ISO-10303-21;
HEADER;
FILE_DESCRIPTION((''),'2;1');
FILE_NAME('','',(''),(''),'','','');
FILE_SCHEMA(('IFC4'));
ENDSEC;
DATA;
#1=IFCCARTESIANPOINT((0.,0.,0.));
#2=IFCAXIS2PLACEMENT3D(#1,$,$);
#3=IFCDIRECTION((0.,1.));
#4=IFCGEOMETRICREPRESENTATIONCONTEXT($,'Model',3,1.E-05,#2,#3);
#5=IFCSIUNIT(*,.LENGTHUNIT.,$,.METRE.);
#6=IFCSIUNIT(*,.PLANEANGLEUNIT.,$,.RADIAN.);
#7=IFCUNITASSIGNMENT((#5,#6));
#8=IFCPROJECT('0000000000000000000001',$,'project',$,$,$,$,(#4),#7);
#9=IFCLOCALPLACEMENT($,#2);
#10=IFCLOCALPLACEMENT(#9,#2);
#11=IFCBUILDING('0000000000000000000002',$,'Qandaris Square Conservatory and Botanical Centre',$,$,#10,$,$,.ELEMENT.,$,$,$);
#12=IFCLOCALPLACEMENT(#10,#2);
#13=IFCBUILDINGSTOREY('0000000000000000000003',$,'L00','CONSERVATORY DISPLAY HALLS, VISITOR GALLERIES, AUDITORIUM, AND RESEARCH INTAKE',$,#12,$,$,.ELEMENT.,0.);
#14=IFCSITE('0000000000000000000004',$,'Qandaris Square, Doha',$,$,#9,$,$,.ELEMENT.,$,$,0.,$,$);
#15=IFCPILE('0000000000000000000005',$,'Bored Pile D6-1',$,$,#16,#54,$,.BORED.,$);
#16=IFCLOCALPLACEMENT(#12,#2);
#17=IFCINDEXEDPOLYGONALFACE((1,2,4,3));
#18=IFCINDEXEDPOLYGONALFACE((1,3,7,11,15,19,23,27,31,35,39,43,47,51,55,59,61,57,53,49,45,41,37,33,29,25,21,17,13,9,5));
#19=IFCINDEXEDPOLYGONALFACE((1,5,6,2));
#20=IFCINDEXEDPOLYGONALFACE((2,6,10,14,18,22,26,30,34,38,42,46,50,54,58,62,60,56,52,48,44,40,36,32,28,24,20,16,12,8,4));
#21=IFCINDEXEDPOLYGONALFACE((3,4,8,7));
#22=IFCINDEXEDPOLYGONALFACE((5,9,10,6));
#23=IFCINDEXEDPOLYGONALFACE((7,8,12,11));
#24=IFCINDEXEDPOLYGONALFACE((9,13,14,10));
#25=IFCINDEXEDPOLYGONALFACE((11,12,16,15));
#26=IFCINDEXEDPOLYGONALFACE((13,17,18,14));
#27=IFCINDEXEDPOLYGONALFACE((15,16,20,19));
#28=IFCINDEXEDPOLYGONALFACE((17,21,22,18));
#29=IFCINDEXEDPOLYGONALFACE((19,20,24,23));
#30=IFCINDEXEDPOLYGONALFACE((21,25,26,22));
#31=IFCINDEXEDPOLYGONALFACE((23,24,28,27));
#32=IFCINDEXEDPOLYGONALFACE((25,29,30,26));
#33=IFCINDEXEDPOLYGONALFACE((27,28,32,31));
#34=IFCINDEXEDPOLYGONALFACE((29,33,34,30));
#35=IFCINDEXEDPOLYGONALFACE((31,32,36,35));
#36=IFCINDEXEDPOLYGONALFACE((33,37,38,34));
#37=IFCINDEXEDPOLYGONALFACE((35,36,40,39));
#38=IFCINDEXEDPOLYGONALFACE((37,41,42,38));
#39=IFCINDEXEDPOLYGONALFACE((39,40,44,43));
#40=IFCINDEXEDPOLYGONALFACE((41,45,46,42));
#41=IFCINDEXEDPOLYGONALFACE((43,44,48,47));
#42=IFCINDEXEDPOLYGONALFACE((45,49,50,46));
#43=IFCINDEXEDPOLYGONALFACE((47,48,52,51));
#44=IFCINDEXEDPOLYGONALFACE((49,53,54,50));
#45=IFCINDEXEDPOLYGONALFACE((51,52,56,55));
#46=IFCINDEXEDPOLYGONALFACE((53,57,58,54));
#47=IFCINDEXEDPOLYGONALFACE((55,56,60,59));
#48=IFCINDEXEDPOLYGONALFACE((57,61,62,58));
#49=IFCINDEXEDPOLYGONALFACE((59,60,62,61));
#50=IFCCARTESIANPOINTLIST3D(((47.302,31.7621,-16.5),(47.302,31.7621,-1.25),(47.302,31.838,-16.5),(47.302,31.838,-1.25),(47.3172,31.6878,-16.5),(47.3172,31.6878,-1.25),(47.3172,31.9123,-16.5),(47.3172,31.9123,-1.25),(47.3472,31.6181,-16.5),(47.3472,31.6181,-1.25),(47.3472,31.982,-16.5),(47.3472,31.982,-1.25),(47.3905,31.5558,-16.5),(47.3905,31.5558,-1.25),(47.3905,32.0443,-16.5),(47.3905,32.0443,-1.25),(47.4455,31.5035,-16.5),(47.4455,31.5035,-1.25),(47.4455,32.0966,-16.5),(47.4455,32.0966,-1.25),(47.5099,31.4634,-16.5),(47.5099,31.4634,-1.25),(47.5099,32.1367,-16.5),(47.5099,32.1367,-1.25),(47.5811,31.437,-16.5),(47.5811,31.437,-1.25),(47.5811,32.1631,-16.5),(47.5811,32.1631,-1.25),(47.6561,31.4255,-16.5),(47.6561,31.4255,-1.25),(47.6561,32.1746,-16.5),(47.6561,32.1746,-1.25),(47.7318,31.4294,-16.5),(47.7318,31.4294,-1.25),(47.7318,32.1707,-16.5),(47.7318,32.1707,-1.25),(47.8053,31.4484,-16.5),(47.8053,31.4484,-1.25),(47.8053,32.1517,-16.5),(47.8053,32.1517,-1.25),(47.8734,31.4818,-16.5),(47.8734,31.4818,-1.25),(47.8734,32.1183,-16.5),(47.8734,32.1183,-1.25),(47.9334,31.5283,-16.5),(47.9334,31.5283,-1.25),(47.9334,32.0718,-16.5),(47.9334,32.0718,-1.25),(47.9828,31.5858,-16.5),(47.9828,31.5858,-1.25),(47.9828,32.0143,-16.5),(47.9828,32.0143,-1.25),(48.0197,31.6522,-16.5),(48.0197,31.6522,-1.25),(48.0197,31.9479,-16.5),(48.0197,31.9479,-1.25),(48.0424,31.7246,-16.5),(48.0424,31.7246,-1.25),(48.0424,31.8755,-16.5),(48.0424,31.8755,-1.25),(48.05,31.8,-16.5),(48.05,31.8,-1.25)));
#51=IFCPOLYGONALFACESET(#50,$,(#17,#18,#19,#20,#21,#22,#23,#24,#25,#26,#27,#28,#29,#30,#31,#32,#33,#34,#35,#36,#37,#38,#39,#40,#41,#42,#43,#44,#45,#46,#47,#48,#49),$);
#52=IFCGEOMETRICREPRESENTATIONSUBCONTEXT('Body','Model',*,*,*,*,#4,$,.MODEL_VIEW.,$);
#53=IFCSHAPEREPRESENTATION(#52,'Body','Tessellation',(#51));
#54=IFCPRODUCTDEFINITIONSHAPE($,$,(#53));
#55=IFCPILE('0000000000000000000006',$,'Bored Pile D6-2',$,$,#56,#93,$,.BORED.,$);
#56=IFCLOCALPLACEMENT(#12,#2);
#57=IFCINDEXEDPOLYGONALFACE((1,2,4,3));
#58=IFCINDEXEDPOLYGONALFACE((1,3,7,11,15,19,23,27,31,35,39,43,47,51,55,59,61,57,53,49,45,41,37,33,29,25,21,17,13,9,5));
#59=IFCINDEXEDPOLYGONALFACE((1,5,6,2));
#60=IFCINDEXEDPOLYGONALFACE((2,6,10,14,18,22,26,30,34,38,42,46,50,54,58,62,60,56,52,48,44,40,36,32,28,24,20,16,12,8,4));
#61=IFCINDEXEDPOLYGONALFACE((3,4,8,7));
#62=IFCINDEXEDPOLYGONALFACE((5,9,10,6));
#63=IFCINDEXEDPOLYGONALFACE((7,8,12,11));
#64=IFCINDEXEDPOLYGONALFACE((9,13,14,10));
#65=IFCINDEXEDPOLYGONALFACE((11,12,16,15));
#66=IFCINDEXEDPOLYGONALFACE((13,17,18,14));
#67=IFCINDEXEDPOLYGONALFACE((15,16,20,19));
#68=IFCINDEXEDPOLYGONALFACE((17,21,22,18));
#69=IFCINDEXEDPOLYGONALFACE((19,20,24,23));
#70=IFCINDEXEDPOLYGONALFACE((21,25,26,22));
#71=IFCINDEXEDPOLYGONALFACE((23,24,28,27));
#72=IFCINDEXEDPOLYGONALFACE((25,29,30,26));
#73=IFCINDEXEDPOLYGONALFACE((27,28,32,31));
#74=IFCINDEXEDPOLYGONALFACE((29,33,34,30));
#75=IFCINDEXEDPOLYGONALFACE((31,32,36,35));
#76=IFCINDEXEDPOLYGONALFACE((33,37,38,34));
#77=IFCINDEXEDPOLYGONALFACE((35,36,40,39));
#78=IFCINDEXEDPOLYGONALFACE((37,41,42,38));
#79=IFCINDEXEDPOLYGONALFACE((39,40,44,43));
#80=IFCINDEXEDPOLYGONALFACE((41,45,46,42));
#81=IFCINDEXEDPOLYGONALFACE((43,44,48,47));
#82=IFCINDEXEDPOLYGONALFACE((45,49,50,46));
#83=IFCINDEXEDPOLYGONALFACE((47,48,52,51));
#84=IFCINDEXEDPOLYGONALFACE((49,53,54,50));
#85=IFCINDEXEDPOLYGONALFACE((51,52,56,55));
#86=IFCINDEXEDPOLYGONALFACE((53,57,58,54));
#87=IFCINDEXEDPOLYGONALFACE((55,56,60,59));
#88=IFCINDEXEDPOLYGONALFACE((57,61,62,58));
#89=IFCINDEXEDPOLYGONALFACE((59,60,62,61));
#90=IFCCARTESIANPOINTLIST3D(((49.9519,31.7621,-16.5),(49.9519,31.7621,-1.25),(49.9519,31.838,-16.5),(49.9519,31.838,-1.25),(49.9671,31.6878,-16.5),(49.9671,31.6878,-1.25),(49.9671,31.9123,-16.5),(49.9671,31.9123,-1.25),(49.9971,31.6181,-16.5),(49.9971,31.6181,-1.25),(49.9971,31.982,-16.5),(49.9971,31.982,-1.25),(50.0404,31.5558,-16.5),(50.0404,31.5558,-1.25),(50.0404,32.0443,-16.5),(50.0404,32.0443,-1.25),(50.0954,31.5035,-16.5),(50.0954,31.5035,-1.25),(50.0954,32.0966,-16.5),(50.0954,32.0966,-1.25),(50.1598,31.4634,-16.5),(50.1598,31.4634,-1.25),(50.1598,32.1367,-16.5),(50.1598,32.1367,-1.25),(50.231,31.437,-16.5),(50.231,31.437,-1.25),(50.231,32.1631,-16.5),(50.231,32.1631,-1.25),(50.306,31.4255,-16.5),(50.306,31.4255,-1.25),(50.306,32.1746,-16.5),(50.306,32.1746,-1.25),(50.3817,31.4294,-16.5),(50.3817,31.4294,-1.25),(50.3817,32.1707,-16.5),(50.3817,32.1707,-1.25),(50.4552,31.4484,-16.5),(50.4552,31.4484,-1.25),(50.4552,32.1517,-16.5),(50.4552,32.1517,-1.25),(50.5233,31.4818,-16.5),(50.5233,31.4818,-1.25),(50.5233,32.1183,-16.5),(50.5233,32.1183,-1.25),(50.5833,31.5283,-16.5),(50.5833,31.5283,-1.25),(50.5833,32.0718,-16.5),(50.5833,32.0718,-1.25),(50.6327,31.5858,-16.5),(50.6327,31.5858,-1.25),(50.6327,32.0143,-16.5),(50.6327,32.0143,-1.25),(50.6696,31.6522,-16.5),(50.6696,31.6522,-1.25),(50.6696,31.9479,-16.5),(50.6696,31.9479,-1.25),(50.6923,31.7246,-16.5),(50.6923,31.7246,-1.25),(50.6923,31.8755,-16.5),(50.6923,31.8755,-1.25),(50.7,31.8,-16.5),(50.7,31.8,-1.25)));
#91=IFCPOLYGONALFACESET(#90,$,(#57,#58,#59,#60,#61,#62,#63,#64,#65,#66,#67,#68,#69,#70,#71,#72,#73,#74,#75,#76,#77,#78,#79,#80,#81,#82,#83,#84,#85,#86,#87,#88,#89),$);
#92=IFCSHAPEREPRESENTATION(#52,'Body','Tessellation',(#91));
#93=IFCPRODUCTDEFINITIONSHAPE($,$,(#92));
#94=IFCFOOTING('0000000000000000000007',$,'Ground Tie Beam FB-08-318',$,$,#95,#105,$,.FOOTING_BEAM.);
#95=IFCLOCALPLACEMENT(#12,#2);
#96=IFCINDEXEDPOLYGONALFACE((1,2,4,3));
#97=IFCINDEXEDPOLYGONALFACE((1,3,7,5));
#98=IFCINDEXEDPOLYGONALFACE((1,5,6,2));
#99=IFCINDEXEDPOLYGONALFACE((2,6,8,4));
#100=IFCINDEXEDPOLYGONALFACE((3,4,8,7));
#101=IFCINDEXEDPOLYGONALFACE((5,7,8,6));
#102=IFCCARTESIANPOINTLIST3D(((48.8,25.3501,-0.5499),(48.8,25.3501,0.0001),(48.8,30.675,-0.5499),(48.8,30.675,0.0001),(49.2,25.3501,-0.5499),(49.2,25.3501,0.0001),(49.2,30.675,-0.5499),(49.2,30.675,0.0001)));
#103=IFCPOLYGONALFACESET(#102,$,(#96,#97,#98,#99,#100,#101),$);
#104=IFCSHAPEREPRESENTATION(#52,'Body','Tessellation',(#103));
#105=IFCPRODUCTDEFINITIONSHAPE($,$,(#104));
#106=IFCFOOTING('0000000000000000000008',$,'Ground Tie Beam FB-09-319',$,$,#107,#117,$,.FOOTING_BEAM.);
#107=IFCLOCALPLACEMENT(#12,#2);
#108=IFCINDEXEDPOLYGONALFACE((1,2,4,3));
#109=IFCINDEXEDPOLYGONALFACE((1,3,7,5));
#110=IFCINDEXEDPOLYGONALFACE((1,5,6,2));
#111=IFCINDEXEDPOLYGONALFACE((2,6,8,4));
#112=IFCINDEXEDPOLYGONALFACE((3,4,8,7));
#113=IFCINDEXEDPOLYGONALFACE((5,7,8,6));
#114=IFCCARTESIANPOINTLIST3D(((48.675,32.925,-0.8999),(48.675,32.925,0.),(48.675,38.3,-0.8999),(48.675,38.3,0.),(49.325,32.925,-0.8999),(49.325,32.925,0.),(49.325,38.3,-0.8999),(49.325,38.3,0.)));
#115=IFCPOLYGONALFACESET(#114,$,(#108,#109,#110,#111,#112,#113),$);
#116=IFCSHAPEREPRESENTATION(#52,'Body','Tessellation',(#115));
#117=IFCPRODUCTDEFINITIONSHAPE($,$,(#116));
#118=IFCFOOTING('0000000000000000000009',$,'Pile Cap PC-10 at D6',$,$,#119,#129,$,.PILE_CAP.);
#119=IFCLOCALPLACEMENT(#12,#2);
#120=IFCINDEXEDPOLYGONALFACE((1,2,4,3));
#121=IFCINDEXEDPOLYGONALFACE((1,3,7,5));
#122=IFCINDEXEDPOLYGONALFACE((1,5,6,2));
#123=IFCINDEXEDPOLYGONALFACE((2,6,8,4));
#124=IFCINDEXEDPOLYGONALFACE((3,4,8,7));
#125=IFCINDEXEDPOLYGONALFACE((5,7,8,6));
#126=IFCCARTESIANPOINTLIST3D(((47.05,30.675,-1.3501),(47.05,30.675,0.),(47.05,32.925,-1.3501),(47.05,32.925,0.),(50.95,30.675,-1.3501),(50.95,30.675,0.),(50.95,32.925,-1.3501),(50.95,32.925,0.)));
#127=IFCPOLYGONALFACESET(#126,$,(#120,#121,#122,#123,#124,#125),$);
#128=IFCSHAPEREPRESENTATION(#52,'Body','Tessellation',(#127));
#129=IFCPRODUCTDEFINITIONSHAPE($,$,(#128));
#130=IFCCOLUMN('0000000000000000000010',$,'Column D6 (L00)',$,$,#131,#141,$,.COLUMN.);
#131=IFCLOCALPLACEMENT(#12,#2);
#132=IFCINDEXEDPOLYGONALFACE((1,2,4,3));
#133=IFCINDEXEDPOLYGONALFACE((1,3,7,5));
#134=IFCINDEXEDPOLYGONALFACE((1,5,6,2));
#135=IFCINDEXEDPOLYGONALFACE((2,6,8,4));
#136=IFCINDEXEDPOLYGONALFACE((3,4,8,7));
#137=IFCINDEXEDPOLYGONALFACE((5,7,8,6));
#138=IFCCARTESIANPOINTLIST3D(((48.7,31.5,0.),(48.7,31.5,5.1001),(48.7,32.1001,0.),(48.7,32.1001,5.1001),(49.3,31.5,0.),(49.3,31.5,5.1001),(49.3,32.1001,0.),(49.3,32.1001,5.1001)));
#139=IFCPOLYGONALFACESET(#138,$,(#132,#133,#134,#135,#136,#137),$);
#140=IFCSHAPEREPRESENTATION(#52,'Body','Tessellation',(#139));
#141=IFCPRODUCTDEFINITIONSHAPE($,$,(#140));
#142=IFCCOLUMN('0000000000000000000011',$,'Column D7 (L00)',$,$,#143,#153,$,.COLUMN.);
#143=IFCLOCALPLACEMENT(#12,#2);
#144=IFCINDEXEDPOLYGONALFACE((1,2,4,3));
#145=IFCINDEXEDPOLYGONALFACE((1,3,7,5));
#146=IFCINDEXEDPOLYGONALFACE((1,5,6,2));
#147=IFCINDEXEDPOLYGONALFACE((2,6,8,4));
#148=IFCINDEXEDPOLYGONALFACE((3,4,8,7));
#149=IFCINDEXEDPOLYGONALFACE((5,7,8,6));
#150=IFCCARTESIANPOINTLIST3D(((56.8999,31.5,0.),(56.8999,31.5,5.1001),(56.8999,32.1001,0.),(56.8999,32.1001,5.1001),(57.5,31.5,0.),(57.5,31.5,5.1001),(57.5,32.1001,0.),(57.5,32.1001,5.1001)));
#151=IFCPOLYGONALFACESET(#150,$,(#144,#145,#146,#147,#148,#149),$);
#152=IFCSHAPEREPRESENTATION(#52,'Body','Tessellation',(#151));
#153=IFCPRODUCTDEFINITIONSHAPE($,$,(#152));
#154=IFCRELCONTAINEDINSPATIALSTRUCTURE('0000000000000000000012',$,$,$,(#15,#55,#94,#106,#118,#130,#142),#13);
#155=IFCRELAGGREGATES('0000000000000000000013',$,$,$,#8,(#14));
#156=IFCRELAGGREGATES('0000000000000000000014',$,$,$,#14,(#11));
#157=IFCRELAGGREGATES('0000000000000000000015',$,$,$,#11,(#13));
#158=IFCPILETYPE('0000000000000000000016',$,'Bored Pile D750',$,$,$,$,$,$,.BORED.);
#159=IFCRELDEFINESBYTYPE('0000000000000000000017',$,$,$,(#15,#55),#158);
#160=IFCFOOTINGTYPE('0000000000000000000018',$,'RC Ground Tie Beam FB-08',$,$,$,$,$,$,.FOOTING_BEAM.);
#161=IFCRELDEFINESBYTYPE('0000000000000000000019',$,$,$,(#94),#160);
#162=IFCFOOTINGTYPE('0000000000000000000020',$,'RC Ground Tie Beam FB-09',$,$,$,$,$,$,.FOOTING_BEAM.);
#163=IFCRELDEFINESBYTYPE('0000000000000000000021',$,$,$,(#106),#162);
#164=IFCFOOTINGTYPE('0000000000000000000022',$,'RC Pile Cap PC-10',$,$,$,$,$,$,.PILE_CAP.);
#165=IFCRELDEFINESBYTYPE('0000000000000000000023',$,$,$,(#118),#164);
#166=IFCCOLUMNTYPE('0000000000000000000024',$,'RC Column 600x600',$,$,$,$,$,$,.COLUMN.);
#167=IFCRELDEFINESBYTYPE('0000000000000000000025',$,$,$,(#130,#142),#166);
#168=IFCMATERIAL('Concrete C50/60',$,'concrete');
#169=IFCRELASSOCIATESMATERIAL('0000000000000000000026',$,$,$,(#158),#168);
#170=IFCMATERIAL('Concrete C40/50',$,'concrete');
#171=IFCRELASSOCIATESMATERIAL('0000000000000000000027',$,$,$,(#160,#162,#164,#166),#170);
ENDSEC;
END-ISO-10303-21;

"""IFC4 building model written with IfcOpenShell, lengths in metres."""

from ifc_helpers import new_model, si_unit, direction, frame, origin, origin_2d, place, context, subcontext, project, spatial, rectangle, circle, extrude, material, material_profile, profile_set, type_object, element, save


model = new_model("IFC4")

# Units and contexts
model_context = context("Model", 3, precision=1e-05, world=origin(), true_north=direction((0.0, 1.0)))
body_context = subcontext(model_context, "Body", "Model", "MODEL_VIEW")
ifc_project = project(units=[si_unit("LENGTHUNIT", "METRE"), si_unit("PLANEANGLEUNIT", "RADIAN")], contexts=[model_context])

# Site, building, storey
site_placement = place(None, origin())
site = spatial("IfcSite", under=ifc_project, at=site_placement, Name="Qandaris Square, Doha", CompositionType="ELEMENT", RefElevation=0.0)
building_placement = place(site_placement, origin())
building = spatial("IfcBuilding", under=site, at=building_placement, Name="Qandaris Square Conservatory and Botanical Centre", CompositionType="ELEMENT")
storey_placement = place(building_placement, origin())
storey = spatial("IfcBuildingStorey", under=building, at=storey_placement, Name="L00", Description="CONSERVATORY DISPLAY HALLS, VISITOR GALLERIES, AUDITORIUM, AND RESEARCH INTAKE", CompositionType="ELEMENT", Elevation=0.0)

# Piles
ifc_material_1 = material(Name="Concrete C50/60", Category="concrete")
ifc_material_profile_1 = material_profile(ifc_material_1, circle(Radius=0.375, at=origin_2d()), Name="PILE D750")
ifc_profile_set_1 = profile_set([ifc_material_profile_1], Name="Concrete C50/60")
pile_type = type_object("IfcPileType", Name="Bored Pile D750", PredefinedType="BORED", material=ifc_profile_set_1)
for number, where, z_axis, x_axis, name in (
    (1, (47.675, 31.8, -1.25), (0.0, 0.0, -1.0), (1.0, 0.0, 0.0), "Bored Pile D6-1"),
    (2, (50.325, 31.8, -1.25), (0.0, 0.0, -1.0), (1.0, 0.0, 0.0), "Bored Pile D6-2"),
):
    element("IfcPile", number, at=place(storey_placement, frame(where, z_axis=z_axis, x_axis=x_axis)), inside=storey, type_object=pile_type, Name=name, PredefinedType="BORED", context=body_context, shape_type="SweptSolid", body=[
        extrude(circle(Radius=0.375, at=origin_2d()), origin(), (0.0, 0.0, 1.0), 15.25),
    ])

# Footings
ifc_material_2 = material(Name="Concrete C40/50", Category="concrete")
ifc_material_profile_2 = material_profile(ifc_material_2, rectangle(XDim=0.3999, YDim=0.55, at=origin_2d()), Name="FB 400x550")
ifc_profile_set_2 = profile_set([ifc_material_profile_2], Name="Concrete C40/50")
footing_type_1 = type_object("IfcFootingType", Name="RC Ground Tie Beam FB-08", PredefinedType="FOOTING_BEAM", material=ifc_profile_set_2)
footing_1_placement = place(storey_placement, frame((49.0, 25.3501, -0.2749), z_axis=(0.0, 1.0, 0.0), x_axis=(-1.0, 0.0, 0.0)))
element("IfcFooting", 3, at=footing_1_placement, inside=storey, type_object=footing_type_1, Name="Ground Tie Beam FB-08-318", PredefinedType="FOOTING_BEAM", context=body_context, shape_type="SweptSolid", body=[
    extrude(rectangle(XDim=0.3999, YDim=0.55, at=origin_2d()), origin(), (0.0, 0.0, 1.0), 5.325),
])
ifc_material_profile_3 = material_profile(ifc_material_2, rectangle(XDim=0.6499, YDim=0.8999, at=origin_2d()), Name="FB 650x900")
ifc_profile_set_3 = profile_set([ifc_material_profile_3], Name="Concrete C40/50")
footing_type_2 = type_object("IfcFootingType", Name="RC Ground Tie Beam FB-09", PredefinedType="FOOTING_BEAM", material=ifc_profile_set_3)
footing_2_placement = place(storey_placement, frame((49.0, 32.925, -0.45), z_axis=(0.0, 1.0, 0.0), x_axis=(-1.0, 0.0, 0.0)))
element("IfcFooting", 4, at=footing_2_placement, inside=storey, type_object=footing_type_2, Name="Ground Tie Beam FB-09-319", PredefinedType="FOOTING_BEAM", context=body_context, shape_type="SweptSolid", body=[
    extrude(rectangle(XDim=0.6499, YDim=0.8999, at=origin_2d()), origin(), (0.0, 0.0, 1.0), 5.375),
])
footing_type_3 = type_object("IfcFootingType", Name="RC Pile Cap PC-10", PredefinedType="PILE_CAP", material=ifc_material_2)
footing_3_placement = place(storey_placement, frame((49.0, 31.8, -1.3501), z_axis=(0.0, 0.0, 1.0), x_axis=(1.0, 0.0, 0.0)))
element("IfcFooting", 5, at=footing_3_placement, inside=storey, type_object=footing_type_3, Name="Pile Cap PC-10 at D6", PredefinedType="PILE_CAP", context=body_context, shape_type="SweptSolid", body=[
    extrude(rectangle(XDim=3.8999, YDim=2.25, at=origin_2d()), origin(), (0.0, 0.0, 1.0), 1.3501),
])

# Columns
ifc_material_profile_4 = material_profile(ifc_material_2, rectangle(XDim=0.6001, YDim=0.6001, at=origin_2d()), Name="RC-COL 600x600")
ifc_profile_set_4 = profile_set([ifc_material_profile_4], Name="Concrete C40/50")
column_type = type_object("IfcColumnType", Name="RC Column 600x600", PredefinedType="COLUMN", material=ifc_profile_set_4)
for number, where, z_axis, x_axis, name in (
    (6, (49.0, 31.8, 0.0), (0.0, 0.0, 1.0), (1.0, 0.0, 0.0), "Column D6 (L00)"),
    (7, (57.2, 31.8, 0.0), (0.0, 0.0, 1.0), (1.0, 0.0, 0.0), "Column D7 (L00)"),
):
    element("IfcColumn", number, at=place(storey_placement, frame(where, z_axis=z_axis, x_axis=x_axis)), inside=storey, type_object=column_type, Name=name, PredefinedType="COLUMN", context=body_context, shape_type="SweptSolid", body=[
        extrude(rectangle(XDim=0.6001, YDim=0.6001, at=origin_2d()), origin(), (0.0, 0.0, 1.0), 5.1001),
    ])

save(model, "model.ifc")
